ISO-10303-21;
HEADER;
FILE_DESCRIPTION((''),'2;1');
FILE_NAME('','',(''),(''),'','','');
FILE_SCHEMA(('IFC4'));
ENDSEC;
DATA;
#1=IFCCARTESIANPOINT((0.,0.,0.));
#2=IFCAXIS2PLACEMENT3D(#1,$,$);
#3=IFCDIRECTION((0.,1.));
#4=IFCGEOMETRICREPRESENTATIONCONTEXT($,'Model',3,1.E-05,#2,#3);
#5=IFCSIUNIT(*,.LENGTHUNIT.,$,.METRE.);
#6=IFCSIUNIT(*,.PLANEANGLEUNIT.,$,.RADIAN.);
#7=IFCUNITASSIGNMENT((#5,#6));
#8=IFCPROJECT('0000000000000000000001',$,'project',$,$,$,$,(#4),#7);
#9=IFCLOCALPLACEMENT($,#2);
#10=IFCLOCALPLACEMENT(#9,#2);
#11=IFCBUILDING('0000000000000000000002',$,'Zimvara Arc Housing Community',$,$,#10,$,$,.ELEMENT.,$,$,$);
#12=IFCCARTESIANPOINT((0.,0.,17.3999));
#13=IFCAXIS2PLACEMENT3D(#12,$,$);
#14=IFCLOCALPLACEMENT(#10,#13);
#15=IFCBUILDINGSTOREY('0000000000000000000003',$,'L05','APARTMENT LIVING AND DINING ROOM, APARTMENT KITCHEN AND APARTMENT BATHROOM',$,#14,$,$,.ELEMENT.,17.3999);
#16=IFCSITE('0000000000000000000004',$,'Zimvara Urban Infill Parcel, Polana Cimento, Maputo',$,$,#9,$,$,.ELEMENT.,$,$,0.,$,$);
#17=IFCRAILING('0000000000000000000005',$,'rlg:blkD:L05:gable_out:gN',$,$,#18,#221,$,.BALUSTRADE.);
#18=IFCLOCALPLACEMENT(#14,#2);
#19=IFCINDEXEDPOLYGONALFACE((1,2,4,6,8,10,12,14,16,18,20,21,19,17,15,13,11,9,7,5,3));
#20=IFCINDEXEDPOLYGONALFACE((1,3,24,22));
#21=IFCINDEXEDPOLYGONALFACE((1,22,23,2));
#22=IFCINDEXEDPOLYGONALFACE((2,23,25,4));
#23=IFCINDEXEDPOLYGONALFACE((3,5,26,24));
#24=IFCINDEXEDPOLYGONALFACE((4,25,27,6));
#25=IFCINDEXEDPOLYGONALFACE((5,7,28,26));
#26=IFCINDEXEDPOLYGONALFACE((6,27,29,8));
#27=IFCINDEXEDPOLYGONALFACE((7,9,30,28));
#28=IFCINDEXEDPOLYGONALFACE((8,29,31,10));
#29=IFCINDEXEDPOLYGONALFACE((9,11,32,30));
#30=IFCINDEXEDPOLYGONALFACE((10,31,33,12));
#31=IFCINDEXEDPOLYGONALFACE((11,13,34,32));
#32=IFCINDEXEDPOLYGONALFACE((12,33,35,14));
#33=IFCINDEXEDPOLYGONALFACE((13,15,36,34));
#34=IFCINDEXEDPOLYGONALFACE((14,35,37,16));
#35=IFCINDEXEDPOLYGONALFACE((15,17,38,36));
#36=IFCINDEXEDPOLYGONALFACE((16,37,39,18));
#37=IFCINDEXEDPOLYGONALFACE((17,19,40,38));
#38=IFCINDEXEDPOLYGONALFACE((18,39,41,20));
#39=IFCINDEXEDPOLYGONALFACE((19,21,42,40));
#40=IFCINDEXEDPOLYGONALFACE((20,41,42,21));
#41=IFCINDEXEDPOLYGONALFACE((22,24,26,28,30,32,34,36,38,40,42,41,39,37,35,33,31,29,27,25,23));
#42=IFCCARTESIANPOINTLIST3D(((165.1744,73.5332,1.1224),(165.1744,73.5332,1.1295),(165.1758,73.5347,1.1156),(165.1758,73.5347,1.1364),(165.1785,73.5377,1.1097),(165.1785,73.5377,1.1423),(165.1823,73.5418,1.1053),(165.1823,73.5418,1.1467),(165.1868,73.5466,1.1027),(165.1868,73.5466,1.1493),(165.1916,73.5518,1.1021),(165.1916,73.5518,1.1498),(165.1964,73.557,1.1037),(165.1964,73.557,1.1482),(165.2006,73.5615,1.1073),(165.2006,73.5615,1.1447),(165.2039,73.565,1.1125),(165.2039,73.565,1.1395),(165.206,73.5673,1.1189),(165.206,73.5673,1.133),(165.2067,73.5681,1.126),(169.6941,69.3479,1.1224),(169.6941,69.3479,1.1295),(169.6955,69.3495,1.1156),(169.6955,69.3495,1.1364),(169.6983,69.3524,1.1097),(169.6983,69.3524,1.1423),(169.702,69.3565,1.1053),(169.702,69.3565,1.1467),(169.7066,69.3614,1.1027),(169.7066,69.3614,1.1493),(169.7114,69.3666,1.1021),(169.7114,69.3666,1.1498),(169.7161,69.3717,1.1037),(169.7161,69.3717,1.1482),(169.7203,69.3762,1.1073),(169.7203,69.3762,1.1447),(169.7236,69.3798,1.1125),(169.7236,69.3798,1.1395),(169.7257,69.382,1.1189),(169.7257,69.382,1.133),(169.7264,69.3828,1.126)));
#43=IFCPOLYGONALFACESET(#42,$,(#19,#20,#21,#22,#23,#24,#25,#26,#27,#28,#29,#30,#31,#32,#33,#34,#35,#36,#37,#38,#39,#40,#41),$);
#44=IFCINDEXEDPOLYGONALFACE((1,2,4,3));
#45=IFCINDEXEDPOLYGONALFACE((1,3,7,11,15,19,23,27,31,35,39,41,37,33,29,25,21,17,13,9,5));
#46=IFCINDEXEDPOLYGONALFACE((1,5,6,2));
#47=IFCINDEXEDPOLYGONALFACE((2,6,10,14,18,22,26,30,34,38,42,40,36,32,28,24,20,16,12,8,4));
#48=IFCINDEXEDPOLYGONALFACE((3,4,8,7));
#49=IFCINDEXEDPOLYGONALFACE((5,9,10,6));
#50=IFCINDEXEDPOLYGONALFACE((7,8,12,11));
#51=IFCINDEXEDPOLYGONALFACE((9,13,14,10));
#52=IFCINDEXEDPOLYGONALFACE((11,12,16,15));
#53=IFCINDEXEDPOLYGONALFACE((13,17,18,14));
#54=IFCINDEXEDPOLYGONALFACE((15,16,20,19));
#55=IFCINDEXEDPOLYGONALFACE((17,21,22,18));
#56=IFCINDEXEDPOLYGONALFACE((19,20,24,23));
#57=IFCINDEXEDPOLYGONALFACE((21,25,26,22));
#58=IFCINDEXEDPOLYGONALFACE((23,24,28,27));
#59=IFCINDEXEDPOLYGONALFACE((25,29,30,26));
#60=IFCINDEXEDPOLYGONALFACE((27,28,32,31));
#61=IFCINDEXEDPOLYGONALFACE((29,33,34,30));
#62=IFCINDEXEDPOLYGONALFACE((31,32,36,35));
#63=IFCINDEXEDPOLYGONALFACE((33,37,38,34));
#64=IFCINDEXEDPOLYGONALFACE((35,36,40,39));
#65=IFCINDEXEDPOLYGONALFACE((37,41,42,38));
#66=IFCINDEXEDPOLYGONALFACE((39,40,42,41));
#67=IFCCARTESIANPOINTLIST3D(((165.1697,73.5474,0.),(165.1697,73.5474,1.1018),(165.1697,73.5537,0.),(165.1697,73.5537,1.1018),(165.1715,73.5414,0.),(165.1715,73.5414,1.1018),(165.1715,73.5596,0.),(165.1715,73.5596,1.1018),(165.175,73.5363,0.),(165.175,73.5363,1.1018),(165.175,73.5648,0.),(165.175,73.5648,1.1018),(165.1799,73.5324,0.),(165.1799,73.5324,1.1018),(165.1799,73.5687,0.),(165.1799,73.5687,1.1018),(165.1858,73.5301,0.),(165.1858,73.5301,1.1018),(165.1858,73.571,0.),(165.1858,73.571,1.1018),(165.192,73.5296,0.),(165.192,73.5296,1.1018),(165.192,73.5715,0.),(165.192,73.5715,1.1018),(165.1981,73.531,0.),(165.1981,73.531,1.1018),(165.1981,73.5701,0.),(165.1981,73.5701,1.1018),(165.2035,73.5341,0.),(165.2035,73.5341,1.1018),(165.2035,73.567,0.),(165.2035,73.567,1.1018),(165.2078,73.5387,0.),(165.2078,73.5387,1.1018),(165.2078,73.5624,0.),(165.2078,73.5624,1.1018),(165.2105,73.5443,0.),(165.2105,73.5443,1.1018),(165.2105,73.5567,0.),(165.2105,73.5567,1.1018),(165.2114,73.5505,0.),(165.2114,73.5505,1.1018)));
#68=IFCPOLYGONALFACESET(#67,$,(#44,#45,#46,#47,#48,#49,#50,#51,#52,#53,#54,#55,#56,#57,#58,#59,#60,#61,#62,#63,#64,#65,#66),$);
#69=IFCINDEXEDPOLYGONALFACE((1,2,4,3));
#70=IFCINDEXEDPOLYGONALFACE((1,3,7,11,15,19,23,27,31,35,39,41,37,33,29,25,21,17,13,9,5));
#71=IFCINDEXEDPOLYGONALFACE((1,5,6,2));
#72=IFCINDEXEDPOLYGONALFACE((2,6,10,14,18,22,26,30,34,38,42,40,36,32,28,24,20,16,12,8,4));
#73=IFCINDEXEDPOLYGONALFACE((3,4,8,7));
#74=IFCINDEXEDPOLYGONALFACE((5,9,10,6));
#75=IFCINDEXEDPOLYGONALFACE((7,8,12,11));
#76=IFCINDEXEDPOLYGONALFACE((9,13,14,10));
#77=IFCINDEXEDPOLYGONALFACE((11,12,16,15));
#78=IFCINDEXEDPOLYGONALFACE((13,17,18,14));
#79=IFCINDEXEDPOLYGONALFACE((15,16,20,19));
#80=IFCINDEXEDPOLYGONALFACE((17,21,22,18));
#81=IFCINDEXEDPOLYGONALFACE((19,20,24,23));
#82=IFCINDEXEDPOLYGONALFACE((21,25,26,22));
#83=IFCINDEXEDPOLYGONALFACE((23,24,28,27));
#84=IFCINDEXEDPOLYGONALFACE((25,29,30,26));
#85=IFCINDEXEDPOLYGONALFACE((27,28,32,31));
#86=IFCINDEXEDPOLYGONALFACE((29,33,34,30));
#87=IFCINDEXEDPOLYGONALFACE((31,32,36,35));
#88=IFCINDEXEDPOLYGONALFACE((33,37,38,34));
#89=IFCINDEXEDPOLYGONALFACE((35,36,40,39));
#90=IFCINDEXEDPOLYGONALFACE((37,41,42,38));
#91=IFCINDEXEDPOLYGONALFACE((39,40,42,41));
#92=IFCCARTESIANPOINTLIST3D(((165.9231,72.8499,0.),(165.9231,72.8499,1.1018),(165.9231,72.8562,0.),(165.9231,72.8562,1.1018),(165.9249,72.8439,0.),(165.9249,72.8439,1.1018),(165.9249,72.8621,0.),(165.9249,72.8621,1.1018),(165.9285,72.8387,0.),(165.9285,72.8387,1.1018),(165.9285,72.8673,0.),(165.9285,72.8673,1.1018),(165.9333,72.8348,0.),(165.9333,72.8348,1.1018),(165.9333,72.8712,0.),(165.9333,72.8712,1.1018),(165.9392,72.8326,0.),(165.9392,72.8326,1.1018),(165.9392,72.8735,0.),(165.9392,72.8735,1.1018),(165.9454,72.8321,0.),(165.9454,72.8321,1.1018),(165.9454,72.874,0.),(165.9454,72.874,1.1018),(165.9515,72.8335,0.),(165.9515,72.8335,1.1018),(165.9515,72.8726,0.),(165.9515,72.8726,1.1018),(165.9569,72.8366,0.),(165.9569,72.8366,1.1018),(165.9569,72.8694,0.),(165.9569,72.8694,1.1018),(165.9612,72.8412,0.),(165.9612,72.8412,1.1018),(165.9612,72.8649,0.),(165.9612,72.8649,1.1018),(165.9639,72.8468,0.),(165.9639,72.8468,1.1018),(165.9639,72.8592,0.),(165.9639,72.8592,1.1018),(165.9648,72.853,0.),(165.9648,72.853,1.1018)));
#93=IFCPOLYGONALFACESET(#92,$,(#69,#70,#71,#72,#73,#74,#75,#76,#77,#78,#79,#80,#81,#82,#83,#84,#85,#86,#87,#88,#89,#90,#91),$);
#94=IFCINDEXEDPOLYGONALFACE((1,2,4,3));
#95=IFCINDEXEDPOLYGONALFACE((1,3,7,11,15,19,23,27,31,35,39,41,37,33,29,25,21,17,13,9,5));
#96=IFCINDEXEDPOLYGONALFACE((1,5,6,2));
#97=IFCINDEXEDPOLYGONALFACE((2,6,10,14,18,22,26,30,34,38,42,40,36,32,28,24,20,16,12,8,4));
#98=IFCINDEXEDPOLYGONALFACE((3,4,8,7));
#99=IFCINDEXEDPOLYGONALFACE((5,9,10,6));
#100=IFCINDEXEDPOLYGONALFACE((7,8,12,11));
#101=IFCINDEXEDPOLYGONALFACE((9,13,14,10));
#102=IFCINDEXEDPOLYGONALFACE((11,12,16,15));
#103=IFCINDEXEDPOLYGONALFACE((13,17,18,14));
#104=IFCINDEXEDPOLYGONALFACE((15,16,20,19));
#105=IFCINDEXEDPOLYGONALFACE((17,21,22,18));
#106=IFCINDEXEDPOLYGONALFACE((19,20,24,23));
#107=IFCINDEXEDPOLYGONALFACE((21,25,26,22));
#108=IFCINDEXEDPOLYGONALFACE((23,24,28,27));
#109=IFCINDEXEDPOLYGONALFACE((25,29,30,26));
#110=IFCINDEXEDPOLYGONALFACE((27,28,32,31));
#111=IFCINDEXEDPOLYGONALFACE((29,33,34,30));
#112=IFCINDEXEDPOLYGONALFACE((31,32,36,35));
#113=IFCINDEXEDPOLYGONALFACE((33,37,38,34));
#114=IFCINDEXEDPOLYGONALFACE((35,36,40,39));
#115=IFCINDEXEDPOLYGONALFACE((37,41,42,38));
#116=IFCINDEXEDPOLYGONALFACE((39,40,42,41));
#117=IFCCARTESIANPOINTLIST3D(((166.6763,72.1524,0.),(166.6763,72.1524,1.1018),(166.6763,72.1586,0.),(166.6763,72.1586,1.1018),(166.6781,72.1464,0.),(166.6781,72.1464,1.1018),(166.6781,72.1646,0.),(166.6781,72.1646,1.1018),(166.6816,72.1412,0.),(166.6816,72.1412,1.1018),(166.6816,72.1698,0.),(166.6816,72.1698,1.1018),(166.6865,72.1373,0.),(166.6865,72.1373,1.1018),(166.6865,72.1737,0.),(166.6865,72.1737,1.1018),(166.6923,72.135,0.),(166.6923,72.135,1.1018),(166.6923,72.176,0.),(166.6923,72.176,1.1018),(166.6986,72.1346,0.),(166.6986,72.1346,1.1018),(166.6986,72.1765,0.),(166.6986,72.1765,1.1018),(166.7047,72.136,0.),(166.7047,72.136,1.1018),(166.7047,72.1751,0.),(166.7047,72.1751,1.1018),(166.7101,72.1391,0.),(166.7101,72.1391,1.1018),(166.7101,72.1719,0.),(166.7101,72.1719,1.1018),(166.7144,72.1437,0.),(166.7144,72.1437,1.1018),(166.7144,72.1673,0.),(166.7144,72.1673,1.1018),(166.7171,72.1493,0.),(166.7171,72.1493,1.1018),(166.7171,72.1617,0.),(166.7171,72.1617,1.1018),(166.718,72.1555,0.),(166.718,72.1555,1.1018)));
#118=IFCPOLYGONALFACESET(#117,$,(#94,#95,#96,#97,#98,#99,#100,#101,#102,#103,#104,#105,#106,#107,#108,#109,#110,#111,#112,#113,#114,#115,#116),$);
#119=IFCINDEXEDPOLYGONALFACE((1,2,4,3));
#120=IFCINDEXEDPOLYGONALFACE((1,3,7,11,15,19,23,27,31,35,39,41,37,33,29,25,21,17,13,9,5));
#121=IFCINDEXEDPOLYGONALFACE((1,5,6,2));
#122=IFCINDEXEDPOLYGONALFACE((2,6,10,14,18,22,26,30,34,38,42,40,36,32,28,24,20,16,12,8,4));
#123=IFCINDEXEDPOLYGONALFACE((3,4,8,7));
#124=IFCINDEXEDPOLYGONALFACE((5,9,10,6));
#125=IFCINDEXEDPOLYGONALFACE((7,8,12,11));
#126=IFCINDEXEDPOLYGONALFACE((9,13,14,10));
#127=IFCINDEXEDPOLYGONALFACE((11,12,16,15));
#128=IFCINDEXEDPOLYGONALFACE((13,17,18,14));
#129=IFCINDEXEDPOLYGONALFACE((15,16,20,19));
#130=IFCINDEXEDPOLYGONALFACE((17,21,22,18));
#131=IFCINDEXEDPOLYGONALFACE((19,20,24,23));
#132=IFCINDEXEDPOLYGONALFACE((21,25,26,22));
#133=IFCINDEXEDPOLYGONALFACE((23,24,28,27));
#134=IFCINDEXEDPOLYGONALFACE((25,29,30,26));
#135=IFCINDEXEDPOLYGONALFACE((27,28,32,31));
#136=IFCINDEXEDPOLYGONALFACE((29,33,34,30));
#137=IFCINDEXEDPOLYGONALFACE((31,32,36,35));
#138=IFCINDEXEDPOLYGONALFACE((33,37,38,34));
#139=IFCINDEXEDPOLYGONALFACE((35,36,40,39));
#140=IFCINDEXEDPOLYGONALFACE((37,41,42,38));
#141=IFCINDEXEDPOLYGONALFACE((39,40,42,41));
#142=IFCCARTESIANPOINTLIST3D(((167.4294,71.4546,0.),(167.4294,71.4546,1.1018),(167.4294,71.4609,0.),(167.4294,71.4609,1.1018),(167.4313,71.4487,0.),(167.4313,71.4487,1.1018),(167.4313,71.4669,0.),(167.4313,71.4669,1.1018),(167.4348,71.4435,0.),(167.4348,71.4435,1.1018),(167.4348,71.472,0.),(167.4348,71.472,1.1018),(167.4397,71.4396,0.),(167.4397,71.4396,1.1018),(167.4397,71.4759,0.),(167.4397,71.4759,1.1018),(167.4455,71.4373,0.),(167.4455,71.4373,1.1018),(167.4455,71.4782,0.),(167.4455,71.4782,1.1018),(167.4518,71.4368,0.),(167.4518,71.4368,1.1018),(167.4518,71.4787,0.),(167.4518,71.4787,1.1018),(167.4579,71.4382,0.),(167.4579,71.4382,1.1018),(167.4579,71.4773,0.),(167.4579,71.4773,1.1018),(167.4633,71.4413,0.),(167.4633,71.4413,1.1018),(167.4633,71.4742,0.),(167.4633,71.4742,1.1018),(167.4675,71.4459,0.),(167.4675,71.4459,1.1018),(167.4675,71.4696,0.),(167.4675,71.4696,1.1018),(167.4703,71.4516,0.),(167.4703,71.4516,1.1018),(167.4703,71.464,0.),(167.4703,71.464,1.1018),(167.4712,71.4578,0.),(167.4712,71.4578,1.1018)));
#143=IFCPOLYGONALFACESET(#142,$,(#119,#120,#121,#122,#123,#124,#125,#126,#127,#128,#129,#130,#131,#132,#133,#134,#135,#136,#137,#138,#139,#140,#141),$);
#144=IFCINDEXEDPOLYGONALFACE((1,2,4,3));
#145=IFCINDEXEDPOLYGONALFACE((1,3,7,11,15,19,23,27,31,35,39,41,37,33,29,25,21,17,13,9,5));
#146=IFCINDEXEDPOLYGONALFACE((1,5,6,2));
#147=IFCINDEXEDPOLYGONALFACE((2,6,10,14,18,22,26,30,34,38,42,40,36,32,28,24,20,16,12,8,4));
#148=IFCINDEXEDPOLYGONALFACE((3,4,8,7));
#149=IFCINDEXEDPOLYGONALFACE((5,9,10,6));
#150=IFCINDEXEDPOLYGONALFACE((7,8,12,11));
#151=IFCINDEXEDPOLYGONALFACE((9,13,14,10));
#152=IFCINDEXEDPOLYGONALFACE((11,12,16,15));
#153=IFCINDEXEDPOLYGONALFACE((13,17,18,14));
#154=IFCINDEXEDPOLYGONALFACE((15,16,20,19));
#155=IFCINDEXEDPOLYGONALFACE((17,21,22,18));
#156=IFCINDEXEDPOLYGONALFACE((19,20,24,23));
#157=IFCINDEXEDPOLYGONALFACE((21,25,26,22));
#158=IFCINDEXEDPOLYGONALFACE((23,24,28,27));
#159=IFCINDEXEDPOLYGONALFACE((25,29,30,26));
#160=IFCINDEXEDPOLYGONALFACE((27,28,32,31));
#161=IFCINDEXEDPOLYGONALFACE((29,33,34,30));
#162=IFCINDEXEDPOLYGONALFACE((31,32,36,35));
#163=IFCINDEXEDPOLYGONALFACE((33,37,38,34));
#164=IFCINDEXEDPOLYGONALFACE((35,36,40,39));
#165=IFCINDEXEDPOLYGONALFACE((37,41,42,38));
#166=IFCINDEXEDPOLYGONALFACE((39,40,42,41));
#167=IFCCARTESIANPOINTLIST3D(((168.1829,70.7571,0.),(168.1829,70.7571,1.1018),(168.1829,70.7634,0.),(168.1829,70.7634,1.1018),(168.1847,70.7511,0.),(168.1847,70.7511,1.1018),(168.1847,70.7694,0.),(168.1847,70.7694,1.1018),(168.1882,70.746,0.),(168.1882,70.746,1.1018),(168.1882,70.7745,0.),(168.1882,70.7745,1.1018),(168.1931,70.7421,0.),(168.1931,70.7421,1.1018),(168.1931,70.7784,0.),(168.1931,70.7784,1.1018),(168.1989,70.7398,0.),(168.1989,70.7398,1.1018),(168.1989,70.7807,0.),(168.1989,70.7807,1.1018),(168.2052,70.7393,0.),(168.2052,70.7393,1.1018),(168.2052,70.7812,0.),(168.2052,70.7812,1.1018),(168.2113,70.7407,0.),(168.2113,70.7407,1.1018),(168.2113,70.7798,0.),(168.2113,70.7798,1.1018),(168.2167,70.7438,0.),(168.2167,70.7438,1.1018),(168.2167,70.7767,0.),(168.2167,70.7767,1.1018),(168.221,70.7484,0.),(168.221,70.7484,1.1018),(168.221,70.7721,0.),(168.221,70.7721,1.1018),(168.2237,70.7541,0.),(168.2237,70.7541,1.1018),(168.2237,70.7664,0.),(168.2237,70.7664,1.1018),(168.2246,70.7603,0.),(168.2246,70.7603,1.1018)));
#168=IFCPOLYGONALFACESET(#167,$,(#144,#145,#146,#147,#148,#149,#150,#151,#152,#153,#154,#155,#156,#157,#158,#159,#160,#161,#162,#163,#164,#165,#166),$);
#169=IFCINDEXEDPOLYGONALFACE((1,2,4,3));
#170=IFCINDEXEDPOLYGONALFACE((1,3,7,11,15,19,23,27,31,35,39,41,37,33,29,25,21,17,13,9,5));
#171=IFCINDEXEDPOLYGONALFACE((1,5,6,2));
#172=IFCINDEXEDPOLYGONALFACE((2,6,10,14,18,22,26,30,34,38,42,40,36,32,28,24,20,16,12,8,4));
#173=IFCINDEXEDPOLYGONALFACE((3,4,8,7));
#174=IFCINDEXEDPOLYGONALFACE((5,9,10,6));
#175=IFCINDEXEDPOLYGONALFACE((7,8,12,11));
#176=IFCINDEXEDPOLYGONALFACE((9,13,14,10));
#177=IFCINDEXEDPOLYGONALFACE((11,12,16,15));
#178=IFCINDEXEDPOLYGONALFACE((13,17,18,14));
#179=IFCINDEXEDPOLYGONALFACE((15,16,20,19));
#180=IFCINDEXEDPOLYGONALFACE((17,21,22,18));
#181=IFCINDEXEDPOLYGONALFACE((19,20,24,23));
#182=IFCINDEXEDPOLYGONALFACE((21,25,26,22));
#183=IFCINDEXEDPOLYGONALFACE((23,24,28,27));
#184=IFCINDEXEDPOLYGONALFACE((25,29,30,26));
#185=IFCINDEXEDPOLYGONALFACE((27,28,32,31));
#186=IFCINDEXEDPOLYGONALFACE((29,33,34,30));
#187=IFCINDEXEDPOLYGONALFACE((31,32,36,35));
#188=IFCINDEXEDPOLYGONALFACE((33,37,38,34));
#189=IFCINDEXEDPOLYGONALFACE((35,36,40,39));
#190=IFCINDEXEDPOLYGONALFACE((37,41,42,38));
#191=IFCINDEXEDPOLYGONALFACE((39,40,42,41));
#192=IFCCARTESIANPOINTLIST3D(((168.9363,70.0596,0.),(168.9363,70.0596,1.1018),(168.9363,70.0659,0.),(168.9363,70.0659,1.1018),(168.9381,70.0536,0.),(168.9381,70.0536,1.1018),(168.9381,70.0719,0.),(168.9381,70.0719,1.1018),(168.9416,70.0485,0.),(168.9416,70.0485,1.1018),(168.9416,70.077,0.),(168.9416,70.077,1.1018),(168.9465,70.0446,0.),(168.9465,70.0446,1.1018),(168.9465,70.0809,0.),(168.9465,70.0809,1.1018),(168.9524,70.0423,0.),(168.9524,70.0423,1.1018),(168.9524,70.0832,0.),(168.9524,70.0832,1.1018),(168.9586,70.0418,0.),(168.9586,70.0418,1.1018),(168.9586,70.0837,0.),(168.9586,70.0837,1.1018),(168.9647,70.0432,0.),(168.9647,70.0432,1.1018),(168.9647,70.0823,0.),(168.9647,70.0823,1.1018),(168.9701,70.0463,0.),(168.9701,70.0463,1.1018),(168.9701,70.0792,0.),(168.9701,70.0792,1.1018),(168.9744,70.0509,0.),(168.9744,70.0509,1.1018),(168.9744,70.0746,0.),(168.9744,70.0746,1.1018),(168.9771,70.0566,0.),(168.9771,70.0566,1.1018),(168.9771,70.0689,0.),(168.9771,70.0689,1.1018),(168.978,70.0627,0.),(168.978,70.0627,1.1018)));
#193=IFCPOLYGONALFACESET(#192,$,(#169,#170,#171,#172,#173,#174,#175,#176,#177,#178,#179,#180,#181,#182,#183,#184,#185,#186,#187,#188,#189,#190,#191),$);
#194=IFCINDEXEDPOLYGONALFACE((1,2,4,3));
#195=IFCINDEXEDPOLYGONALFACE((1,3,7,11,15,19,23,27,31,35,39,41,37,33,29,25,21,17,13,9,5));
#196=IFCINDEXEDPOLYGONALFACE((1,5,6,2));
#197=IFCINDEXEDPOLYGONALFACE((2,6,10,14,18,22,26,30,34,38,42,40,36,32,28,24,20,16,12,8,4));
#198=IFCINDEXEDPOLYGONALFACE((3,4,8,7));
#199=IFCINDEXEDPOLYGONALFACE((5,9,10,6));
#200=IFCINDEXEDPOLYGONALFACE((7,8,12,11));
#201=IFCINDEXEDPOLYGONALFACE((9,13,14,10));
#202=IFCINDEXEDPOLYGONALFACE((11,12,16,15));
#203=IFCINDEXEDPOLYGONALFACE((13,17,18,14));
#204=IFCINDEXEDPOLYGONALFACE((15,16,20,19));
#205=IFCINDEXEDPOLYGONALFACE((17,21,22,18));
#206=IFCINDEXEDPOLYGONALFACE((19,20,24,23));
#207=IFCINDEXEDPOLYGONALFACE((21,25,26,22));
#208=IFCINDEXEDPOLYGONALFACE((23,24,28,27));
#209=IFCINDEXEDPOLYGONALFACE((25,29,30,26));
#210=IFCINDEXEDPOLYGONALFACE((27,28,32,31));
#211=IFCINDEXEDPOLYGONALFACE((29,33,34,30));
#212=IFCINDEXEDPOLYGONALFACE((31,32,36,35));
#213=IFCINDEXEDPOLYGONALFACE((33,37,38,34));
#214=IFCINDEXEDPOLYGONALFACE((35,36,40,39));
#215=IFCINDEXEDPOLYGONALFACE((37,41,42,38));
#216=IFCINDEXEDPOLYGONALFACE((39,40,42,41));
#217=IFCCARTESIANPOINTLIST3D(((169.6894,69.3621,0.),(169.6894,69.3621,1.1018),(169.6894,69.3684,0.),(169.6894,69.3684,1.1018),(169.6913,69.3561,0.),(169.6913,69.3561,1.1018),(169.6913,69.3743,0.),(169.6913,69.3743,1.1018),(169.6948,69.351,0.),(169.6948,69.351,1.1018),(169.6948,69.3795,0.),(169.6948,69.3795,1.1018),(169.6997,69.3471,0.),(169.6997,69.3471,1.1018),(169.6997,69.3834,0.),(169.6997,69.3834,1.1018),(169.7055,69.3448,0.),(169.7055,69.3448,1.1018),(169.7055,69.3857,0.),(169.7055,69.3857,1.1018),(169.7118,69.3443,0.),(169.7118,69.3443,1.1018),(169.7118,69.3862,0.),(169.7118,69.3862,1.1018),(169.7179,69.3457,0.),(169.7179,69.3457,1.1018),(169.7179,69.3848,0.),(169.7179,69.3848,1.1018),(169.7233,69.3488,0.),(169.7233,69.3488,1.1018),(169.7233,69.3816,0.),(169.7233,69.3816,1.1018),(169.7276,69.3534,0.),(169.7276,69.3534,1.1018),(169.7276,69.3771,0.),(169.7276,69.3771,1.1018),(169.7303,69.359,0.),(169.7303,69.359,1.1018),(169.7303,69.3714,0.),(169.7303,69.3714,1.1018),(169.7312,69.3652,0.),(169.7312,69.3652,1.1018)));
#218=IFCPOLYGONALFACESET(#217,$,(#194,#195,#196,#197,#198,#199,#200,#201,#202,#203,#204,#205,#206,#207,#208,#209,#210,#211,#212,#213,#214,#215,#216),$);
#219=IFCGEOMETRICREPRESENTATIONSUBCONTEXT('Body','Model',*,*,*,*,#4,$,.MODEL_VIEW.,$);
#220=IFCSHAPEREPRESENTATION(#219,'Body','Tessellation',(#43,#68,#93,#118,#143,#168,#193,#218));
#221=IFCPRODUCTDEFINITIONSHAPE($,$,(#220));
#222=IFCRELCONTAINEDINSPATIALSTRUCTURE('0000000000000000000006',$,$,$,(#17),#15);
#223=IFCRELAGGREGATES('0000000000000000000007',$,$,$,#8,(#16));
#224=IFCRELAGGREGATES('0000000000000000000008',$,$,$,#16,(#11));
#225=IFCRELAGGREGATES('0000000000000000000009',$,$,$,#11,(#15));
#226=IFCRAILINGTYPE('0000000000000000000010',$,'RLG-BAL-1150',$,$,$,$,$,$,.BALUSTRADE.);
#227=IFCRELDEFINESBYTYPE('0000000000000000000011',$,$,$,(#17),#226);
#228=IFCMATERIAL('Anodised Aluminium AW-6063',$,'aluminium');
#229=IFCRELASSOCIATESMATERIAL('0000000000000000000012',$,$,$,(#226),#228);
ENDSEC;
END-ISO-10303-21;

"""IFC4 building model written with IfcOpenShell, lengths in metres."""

from ifc_helpers import new_model, si_unit, direction, frame, origin, origin_2d, place, context, subcontext, project, spatial, circle, extrude, material, type_object, element, save


model = new_model("IFC4")

# Units and contexts
model_context = context("Model", 3, precision=1e-05, world=origin(), true_north=direction((0.0, 1.0)))
body_context = subcontext(model_context, "Body", "Model", "MODEL_VIEW")
ifc_project = project(units=[si_unit("LENGTHUNIT", "METRE"), si_unit("PLANEANGLEUNIT", "RADIAN")], contexts=[model_context])

# Site, building, storey
site_placement = place(None, origin())
site = spatial("IfcSite", under=ifc_project, at=site_placement, Name="Zimvara Urban Infill Parcel, Polana Cimento, Maputo", CompositionType="ELEMENT", RefElevation=0.0)
building_placement = place(site_placement, origin())
building = spatial("IfcBuilding", under=site, at=building_placement, Name="Zimvara Arc Housing Community", CompositionType="ELEMENT")
storey_placement = place(building_placement, frame((0.0, 0.0, 17.3999)))
storey = spatial("IfcBuildingStorey", under=building, at=storey_placement, Name="L05", Description="APARTMENT LIVING AND DINING ROOM, APARTMENT KITCHEN AND APARTMENT BATHROOM", CompositionType="ELEMENT", Elevation=17.3999)

# Railing
ifc_material_1 = material(Name="Anodised Aluminium AW-6063", Category="aluminium")
railing_type = type_object("IfcRailingType", Name="RLG-BAL-1150", PredefinedType="BALUSTRADE", material=ifc_material_1)
railing_placement = place(storey_placement, frame((165.1904, 73.5505, 0.0)))
element("IfcRailing", 1, at=railing_placement, inside=storey, type_object=railing_type, Name="rlg:blkD:L05:gable_out:gN", PredefinedType="BALUSTRADE", context=body_context, shape_type="SweptSolid", body=[
    extrude(circle(Radius=0.0239, at=origin_2d()), frame((0.0, 0.0, 1.126), z_axis=(0.733734, -0.679436, 0.0), x_axis=(0.679436, 0.733734, 0.0)), (0.0, 0.0, 1.0), 6.1599),
    extrude(circle(Radius=0.021, at=origin_2d()), origin(), (0.0, 0.0, 1.0), 1.1018),
    extrude(circle(Radius=0.021, at=origin_2d()), frame((0.7534, -0.6975, 0.0)), (0.0, 0.0, 1.0), 1.1018),
    extrude(circle(Radius=0.021, at=origin_2d()), frame((1.5066, -1.395, 0.0)), (0.0, 0.0, 1.0), 1.1018),
    extrude(circle(Radius=0.021, at=origin_2d()), frame((2.2598, -2.0928, 0.0)), (0.0, 0.0, 1.0), 1.1018),
    extrude(circle(Radius=0.021, at=origin_2d()), frame((3.0132, -2.7903, 0.0)), (0.0, 0.0, 1.0), 1.1018),
    extrude(circle(Radius=0.021, at=origin_2d()), frame((3.7666, -3.4878, 0.0)), (0.0, 0.0, 1.0), 1.1018),
    extrude(circle(Radius=0.021, at=origin_2d()), frame((4.5198, -4.1853, 0.0)), (0.0, 0.0, 1.0), 1.1018),
])

save(model, "model.ifc")
